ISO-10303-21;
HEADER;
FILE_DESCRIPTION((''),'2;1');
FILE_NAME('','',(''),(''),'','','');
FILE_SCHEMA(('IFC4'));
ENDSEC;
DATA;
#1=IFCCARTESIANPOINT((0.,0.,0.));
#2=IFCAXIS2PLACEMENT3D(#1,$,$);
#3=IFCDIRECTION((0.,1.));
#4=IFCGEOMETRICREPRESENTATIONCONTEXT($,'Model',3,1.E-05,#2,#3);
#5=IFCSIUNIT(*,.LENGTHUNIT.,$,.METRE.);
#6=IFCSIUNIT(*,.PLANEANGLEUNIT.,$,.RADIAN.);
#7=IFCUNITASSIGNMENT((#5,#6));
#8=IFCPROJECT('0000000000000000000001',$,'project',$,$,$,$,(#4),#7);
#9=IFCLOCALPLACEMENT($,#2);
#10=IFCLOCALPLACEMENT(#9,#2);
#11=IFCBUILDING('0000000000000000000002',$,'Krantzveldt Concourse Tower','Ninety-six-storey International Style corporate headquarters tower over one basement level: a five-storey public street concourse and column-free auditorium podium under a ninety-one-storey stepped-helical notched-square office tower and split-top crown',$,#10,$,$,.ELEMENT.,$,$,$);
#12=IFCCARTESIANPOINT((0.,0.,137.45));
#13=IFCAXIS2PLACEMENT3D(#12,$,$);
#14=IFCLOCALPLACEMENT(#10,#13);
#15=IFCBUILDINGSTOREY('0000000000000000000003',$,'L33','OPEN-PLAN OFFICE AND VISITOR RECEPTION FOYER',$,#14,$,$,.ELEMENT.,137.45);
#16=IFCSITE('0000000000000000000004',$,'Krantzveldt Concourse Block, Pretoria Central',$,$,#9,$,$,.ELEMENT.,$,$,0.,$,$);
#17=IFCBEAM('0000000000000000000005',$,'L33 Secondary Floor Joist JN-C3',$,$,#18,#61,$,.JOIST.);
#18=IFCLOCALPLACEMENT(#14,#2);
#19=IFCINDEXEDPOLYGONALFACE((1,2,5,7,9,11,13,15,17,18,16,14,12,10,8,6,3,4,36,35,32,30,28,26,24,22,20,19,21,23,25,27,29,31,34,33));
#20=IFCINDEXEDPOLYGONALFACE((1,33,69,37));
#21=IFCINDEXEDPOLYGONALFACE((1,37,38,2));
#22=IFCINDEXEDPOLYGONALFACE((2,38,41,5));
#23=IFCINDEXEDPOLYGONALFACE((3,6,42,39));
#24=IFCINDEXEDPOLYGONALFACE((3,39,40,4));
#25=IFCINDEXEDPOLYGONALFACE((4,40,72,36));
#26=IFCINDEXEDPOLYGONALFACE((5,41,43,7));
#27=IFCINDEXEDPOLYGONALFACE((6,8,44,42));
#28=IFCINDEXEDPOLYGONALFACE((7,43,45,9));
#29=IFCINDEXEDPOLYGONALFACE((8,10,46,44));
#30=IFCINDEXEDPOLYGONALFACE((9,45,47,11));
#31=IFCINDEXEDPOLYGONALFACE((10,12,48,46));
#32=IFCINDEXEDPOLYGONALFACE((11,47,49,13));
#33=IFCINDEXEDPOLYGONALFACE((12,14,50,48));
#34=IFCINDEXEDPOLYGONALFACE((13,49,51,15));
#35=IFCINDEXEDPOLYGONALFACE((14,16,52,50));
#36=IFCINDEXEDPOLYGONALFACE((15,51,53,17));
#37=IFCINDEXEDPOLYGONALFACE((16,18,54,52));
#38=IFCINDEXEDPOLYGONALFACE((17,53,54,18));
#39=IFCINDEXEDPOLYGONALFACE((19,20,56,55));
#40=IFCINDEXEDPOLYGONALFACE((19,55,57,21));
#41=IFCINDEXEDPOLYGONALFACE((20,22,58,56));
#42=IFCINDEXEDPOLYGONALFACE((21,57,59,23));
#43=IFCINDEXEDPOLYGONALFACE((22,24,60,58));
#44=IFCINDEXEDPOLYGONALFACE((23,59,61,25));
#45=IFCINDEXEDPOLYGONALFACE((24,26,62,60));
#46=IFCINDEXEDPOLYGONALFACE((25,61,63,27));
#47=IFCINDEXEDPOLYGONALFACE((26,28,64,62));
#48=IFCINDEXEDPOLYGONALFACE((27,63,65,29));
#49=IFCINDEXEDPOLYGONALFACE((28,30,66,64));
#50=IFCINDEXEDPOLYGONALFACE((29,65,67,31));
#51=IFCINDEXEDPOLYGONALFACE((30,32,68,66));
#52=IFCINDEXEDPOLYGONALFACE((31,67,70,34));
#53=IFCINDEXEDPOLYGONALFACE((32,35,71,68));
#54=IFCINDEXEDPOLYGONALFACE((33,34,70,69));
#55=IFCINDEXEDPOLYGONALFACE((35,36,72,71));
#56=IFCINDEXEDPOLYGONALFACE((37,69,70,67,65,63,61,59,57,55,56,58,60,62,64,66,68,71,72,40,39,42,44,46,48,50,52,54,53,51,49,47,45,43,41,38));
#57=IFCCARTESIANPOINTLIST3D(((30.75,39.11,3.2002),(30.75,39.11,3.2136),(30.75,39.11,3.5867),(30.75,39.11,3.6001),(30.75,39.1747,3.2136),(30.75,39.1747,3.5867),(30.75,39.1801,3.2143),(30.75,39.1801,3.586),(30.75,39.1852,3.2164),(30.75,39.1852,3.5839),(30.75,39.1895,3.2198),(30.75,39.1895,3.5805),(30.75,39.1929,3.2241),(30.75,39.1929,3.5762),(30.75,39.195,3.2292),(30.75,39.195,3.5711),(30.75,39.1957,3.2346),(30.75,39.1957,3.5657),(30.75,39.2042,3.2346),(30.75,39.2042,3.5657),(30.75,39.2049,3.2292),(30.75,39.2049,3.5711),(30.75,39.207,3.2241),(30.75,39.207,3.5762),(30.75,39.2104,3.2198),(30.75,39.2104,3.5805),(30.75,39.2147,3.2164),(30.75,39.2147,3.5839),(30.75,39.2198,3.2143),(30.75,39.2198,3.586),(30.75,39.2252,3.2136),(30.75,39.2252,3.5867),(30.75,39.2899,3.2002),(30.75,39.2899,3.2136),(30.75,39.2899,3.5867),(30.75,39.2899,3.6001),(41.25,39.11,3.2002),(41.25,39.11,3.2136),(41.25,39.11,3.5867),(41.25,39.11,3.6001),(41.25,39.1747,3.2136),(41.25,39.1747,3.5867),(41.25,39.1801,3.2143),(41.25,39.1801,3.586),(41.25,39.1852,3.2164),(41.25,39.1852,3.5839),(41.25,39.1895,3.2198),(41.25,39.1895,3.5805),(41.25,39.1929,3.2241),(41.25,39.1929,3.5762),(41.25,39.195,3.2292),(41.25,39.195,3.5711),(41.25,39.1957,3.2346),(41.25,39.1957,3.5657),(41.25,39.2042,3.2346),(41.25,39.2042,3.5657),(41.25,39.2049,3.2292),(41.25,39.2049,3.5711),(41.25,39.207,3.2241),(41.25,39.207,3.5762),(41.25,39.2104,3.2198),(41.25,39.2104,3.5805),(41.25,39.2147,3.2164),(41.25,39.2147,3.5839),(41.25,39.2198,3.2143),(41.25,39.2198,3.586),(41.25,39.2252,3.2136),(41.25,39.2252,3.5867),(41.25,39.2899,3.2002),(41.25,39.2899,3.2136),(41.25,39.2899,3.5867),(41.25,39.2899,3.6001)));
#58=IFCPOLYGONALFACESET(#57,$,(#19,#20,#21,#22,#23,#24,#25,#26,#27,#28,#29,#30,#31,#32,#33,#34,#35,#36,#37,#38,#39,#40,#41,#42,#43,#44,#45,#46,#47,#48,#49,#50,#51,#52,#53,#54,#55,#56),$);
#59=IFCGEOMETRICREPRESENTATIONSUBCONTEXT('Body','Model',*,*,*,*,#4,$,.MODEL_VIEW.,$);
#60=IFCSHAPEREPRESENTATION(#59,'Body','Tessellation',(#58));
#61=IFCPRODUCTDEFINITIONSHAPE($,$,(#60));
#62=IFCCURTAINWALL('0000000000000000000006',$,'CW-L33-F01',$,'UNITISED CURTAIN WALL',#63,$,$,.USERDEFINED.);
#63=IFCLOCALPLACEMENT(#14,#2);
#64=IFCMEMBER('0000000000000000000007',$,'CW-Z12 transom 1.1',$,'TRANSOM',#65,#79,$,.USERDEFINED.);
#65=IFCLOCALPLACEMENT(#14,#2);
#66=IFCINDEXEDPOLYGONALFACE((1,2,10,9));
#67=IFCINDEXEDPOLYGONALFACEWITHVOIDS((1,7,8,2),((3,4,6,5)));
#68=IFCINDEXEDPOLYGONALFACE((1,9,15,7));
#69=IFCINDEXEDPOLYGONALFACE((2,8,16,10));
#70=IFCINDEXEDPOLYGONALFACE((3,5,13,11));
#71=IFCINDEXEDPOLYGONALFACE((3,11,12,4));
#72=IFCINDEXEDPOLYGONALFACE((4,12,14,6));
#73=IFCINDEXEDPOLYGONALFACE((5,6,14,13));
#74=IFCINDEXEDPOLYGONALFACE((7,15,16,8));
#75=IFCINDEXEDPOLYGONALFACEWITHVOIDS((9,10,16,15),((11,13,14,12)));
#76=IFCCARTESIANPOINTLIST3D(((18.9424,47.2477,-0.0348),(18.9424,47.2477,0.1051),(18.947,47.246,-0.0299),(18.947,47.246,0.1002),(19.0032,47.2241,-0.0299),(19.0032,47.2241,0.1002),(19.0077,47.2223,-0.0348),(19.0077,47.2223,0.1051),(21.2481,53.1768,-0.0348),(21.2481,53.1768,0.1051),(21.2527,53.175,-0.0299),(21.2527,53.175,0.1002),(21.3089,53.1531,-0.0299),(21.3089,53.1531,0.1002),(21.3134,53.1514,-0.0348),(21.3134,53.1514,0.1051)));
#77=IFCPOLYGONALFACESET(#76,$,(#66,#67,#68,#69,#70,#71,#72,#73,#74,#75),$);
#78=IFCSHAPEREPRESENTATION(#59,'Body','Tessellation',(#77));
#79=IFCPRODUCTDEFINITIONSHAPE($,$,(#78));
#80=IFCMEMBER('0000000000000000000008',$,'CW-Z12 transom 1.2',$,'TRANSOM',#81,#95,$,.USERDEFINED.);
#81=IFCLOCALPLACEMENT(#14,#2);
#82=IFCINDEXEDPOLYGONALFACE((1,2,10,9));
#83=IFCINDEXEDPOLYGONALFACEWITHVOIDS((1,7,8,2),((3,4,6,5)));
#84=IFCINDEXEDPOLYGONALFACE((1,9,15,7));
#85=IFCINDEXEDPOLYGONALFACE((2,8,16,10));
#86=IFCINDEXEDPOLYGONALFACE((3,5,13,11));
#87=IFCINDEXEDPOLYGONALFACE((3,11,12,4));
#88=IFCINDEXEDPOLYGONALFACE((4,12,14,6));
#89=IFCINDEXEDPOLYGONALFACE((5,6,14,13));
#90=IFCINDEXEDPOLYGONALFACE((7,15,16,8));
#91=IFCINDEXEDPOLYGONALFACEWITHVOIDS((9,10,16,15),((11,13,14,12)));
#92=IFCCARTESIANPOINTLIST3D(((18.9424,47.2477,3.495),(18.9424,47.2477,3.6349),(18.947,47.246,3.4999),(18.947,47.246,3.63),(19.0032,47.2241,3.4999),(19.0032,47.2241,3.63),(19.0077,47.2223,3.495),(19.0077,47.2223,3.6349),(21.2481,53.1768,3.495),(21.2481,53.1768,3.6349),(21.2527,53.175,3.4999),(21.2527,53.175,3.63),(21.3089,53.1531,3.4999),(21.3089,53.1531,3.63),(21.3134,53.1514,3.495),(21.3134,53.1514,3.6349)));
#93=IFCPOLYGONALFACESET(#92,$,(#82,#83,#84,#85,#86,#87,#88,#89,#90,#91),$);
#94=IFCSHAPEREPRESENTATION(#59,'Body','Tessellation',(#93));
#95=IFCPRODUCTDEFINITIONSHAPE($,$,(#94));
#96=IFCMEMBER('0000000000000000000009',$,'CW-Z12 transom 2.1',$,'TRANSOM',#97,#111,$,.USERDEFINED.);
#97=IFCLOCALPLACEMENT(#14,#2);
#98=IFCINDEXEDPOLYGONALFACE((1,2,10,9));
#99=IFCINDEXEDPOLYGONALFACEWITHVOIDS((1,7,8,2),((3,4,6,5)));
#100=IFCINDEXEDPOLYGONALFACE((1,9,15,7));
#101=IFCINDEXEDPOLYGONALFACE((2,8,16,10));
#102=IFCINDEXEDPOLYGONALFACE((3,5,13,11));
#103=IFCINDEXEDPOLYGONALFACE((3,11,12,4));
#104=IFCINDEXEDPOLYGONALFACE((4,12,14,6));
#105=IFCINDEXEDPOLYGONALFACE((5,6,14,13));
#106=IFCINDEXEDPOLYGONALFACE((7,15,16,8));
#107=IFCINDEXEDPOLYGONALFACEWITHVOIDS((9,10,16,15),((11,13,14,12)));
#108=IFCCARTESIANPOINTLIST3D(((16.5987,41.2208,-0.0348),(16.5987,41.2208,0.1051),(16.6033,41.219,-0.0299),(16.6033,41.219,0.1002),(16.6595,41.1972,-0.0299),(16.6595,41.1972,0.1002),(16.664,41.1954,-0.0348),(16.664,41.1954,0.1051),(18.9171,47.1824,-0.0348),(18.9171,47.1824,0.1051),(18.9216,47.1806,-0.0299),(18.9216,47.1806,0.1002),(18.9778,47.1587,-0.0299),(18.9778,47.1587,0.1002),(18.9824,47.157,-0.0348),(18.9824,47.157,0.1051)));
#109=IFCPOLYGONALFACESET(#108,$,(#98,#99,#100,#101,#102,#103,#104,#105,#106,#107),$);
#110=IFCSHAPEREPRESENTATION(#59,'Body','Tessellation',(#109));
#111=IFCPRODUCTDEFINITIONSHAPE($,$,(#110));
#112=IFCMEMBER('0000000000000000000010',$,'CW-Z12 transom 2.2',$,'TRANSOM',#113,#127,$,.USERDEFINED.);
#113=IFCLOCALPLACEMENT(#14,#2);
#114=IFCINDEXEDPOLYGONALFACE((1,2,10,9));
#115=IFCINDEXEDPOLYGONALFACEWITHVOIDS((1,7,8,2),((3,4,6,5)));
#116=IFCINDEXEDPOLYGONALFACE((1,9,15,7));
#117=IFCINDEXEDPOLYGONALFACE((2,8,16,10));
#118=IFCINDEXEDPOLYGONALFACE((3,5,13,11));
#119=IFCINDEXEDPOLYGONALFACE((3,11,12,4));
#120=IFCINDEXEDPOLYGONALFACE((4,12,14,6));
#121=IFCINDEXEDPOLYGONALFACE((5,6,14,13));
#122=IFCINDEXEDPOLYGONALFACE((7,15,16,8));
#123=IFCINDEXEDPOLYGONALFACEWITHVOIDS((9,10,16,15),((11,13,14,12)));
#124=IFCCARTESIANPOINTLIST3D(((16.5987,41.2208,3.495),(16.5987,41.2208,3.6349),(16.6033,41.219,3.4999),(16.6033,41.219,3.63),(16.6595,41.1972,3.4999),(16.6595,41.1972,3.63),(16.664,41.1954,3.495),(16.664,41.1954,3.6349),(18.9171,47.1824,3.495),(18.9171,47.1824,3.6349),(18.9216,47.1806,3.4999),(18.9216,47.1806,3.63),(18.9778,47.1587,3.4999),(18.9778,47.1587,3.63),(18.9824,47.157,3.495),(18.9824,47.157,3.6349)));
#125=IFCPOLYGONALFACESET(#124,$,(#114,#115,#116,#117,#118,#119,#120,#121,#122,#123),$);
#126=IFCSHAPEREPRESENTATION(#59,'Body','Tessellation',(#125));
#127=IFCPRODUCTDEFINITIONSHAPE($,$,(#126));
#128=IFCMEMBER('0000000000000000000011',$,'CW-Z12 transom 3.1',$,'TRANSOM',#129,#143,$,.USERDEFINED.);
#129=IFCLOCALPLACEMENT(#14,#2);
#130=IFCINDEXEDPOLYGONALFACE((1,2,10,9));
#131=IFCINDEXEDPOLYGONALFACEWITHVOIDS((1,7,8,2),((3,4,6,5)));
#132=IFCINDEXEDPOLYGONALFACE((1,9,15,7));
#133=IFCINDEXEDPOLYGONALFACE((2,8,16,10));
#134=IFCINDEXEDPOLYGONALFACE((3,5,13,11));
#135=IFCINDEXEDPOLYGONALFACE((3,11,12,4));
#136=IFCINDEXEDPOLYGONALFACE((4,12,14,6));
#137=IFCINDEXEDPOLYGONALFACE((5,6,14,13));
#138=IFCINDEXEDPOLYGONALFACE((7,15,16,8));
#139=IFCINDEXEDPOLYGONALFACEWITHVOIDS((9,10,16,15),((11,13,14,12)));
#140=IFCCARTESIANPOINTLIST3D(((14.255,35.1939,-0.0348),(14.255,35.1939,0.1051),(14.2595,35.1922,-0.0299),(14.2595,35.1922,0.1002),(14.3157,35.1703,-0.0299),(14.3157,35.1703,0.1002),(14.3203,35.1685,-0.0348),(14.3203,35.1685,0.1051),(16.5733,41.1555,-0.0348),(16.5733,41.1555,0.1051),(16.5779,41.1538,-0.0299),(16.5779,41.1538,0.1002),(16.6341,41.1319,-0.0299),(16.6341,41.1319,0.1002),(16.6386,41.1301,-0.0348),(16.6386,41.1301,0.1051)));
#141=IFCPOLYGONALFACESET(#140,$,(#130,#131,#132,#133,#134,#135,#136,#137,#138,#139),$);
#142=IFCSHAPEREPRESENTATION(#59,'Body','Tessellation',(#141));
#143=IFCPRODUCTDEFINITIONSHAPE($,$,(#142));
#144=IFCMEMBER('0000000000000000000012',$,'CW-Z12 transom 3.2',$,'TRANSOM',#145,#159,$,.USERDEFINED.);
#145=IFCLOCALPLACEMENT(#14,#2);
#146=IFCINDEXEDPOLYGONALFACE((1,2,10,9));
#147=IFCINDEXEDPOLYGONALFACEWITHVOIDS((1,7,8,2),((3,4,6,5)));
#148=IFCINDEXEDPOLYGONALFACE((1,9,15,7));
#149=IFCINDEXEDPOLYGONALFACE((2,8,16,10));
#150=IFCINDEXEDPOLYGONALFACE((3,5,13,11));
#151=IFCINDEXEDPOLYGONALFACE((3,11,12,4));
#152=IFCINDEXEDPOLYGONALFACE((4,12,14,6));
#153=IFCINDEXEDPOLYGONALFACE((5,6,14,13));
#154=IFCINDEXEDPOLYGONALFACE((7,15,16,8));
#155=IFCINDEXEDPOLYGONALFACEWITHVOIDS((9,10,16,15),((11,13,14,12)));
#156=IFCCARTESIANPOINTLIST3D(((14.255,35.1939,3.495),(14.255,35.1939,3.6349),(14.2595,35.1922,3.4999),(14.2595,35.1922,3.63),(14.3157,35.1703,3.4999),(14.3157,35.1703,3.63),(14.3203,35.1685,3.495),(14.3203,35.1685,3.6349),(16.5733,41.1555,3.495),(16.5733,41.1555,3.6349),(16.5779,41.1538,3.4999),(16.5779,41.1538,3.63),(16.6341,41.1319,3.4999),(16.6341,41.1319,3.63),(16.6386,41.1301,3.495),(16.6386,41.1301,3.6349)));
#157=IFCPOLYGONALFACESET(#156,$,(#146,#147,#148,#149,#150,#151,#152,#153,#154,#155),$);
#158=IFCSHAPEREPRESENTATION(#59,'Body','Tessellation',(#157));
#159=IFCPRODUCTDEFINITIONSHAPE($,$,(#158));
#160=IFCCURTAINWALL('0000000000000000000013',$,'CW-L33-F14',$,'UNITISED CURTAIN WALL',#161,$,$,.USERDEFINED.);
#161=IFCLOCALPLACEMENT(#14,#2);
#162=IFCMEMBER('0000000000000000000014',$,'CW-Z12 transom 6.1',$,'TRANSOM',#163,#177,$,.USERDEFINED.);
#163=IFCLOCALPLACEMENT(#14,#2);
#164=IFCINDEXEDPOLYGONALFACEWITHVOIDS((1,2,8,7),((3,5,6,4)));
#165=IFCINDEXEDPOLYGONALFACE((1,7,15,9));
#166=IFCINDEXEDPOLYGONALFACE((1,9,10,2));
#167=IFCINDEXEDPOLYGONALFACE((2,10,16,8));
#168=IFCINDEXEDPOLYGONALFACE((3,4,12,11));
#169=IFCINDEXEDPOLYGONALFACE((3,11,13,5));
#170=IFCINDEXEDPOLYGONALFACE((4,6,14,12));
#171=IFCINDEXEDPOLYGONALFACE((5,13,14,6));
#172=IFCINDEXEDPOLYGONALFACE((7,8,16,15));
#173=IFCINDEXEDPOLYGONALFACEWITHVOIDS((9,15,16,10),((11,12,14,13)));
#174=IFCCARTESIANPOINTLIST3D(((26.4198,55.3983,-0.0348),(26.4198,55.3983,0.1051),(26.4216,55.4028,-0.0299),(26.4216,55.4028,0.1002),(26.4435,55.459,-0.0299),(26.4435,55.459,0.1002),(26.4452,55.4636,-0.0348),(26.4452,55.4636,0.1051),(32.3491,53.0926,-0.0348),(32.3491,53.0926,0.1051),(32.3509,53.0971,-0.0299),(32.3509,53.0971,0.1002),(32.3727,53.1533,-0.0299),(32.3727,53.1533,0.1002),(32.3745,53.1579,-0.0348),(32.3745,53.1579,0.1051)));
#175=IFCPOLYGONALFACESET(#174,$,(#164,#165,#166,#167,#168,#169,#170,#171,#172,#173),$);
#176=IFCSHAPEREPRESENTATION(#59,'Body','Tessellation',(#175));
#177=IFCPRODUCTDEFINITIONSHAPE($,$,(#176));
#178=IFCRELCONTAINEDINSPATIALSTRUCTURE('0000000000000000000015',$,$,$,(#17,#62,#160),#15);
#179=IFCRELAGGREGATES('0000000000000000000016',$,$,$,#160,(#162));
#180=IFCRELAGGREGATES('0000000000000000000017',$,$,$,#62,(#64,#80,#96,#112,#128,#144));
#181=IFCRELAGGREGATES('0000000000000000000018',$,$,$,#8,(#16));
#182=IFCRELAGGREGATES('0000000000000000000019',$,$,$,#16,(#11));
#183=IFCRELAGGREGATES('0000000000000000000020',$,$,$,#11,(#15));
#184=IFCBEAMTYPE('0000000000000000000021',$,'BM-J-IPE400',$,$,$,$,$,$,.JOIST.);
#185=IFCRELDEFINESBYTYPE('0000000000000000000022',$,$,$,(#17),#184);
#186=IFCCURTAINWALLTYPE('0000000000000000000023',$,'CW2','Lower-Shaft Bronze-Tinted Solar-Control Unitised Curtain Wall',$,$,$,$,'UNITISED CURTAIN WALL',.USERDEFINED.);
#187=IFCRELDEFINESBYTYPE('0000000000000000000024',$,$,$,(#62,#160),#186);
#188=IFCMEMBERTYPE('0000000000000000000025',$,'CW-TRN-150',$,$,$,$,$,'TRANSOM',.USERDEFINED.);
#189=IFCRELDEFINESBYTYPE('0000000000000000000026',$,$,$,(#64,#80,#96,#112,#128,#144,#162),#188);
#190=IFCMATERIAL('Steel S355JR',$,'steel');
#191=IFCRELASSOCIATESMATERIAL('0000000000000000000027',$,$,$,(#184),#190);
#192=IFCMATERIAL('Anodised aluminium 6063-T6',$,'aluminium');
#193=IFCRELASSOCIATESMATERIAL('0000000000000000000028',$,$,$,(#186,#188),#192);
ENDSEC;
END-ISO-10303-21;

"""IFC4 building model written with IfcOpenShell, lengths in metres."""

from ifc_helpers import new_model, si_unit, direction, frame, origin, origin_2d, place, context, subcontext, project, spatial, hollow_rectangle, i_section, extrude, source, transform, mapped, material, material_profile, profile_set, type_object, type_shapes, element, aggregate, save


model = new_model("IFC4")

# Units and contexts
model_context = context("Model", 3, precision=1e-05, world=origin(), true_north=direction((0.0, 1.0)))
body_context = subcontext(model_context, "Body", "Model", "MODEL_VIEW")
ifc_project = project(units=[si_unit("LENGTHUNIT", "METRE"), si_unit("PLANEANGLEUNIT", "RADIAN")], contexts=[model_context])

# Site, building, storey
site_placement = place(None, origin())
site = spatial("IfcSite", under=ifc_project, at=site_placement, Name="Krantzveldt Concourse Block, Pretoria Central", CompositionType="ELEMENT", RefElevation=0.0)
building_placement = place(site_placement, origin())
building = spatial("IfcBuilding", under=site, at=building_placement, Name="Krantzveldt Concourse Tower", Description="Ninety-six-storey International Style corporate headquarters tower over one basement level: a five-storey public street concourse and column-free auditorium podium under a ninety-one-storey stepped-helical notched-square office tower and split-top crown", CompositionType="ELEMENT")
storey_placement = place(building_placement, frame((0.0, 0.0, 137.45)))
storey = spatial("IfcBuildingStorey", under=building, at=storey_placement, Name="L33", Description="OPEN-PLAN OFFICE AND VISITOR RECEPTION FOYER", CompositionType="ELEMENT", Elevation=137.45)

# Beam
ifc_material_1 = material(Name="Steel S355JR", Category="steel")
ifc_material_profile_1 = material_profile(ifc_material_1, i_section(OverallWidth=0.1799, OverallDepth=0.3999, WebThickness=0.0085, FlangeThickness=0.0134, FilletRadius=0.021, at=origin_2d()), Name="Steel S355JR", Category="steel")
ifc_profile_set_1 = profile_set([ifc_material_profile_1], Name="Steel S355JR - IPE 400")
beam_type_1 = type_object("IfcBeamType", Name="BM-J-IPE400", PredefinedType="JOIST", material=ifc_profile_set_1)
shared_shape_1 = source(origin(), body_context, "Body", "SweptSolid", [
    extrude(i_section(OverallWidth=0.1799, OverallDepth=0.3999, WebThickness=0.0085, FlangeThickness=0.0134, FilletRadius=0.021, at=origin_2d()), origin(), (0.0, 0.0, 1.0), 10.5),
])
type_shapes(beam_type_1, [shared_shape_1])
beam_1_placement = place(storey_placement, frame((30.75, 39.2, 3.4001), z_axis=(1.0, 0.0, 0.0), x_axis=(0.0, 1.0, 0.0)))
element("IfcBeam", 1, at=beam_1_placement, inside=storey, type_object=beam_type_1, Name="L33 Secondary Floor Joist JN-C3", PredefinedType="JOIST", context=body_context, shape_type="MappedRepresentation", body=[
    mapped(shared_shape_1, transform((0.0, 0.0, 0.0), x_axis=(1.0, 0.0, 0.0), y_axis=(0.0, 1.0, 0.0), z_axis=(0.0, 0.0, 1.0), scale=1.0)),
])

# Curtain walls, members
ifc_material_2 = material(Name="Anodised aluminium 6063-T6", Category="aluminium")
curtain_wall_type = type_object("IfcCurtainWallType", Name="CW2", Description="Lower-Shaft Bronze-Tinted Solar-Control Unitised Curtain Wall", ElementType="UNITISED CURTAIN WALL", PredefinedType="USERDEFINED", material=ifc_material_2)
curtain_wall_1_placement = place(storey_placement, origin())
curtain_wall_1 = element("IfcCurtainWall", 2, at=curtain_wall_1_placement, inside=storey, type_object=curtain_wall_type, Name="CW-L33-F01", ObjectType="UNITISED CURTAIN WALL", PredefinedType="USERDEFINED")
ifc_material_profile_2 = material_profile(ifc_material_2, hollow_rectangle(XDim=0.0701, YDim=0.1399, WallThickness=0.0049, at=origin_2d()), Name="Anodised aluminium 6063-T6", Category="aluminium")
ifc_profile_set_2 = profile_set([ifc_material_profile_2], Name="Anodised aluminium 6063-T6 - ALU-TRAN 140x70x5")
member_type_1 = type_object("IfcMemberType", Name="CW-TRN-150", ElementType="TRANSOM", PredefinedType="USERDEFINED", material=ifc_profile_set_2)
shared_shape_2 = source(origin(), body_context, "Body", "SweptSolid", [
    extrude(hollow_rectangle(XDim=0.0701, YDim=0.1399, WallThickness=0.0049, at=origin_2d()), origin(), (0.0, 0.0, 1.0), 6.3616),
])
member_1_placement = place(storey_placement, frame((21.2808, 53.1641, 0.0352), z_axis=(-0.362441, -0.932007, 0.0), x_axis=(0.932007, -0.362441, 0.0)))
member_1 = element("IfcMember", 3, at=member_1_placement, type_object=member_type_1, Name="CW-Z12 transom 1.1", ObjectType="TRANSOM", PredefinedType="USERDEFINED", context=body_context, shape_type="MappedRepresentation", body=[
    mapped(shared_shape_2, transform((0.0, 0.0, 0.0), x_axis=(1.0, 0.0, 0.0), y_axis=(0.0, 1.0, 0.0), z_axis=(0.0, 0.0, 1.0), scale=1.0)),
])
member_2_placement = place(storey_placement, frame((21.2808, 53.1641, 3.5649), z_axis=(-0.362441, -0.932007, 0.0), x_axis=(0.932007, -0.362441, 0.0)))
member_2 = element("IfcMember", 4, at=member_2_placement, type_object=member_type_1, Name="CW-Z12 transom 1.2", ObjectType="TRANSOM", PredefinedType="USERDEFINED", context=body_context, shape_type="MappedRepresentation", body=[
    mapped(shared_shape_2, transform((0.0, 0.0, 0.0), x_axis=(1.0, 0.0, 0.0), y_axis=(0.0, 1.0, 0.0), z_axis=(0.0, 0.0, 1.0), scale=1.0)),
])
shared_shape_3 = source(origin(), body_context, "Body", "SweptSolid", [
    extrude(hollow_rectangle(XDim=0.0701, YDim=0.1399, WallThickness=0.0049, at=origin_2d()), origin(), (0.0, 0.0, 1.0), 6.3965),
])
member_3_placement = place(storey_placement, frame((18.9497, 47.1697, 0.0352), z_axis=(-0.362437, -0.932008, 0.0), x_axis=(0.932008, -0.362437, 0.0)))
member_3 = element("IfcMember", 5, at=member_3_placement, type_object=member_type_1, Name="CW-Z12 transom 2.1", ObjectType="TRANSOM", PredefinedType="USERDEFINED", context=body_context, shape_type="MappedRepresentation", body=[
    mapped(shared_shape_3, transform((0.0, 0.0, 0.0), x_axis=(1.0, 0.0, 0.0), y_axis=(0.0, 1.0, 0.0), z_axis=(0.0, 0.0, 1.0), scale=1.0)),
])
member_4_placement = place(storey_placement, frame((18.9497, 47.1697, 3.5649), z_axis=(-0.362437, -0.932008, 0.0), x_axis=(0.932008, -0.362437, 0.0)))
member_4 = element("IfcMember", 6, at=member_4_placement, type_object=member_type_1, Name="CW-Z12 transom 2.2", ObjectType="TRANSOM", PredefinedType="USERDEFINED", context=body_context, shape_type="MappedRepresentation", body=[
    mapped(shared_shape_3, transform((0.0, 0.0, 0.0), x_axis=(1.0, 0.0, 0.0), y_axis=(0.0, 1.0, 0.0), z_axis=(0.0, 0.0, 1.0), scale=1.0)),
])
member_5_placement = place(storey_placement, frame((16.606, 41.1428, 0.0352), z_axis=(-0.362437, -0.932008, 0.0), x_axis=(0.932008, -0.362437, 0.0)))
member_5 = element("IfcMember", 7, at=member_5_placement, type_object=member_type_1, Name="CW-Z12 transom 3.1", ObjectType="TRANSOM", PredefinedType="USERDEFINED", context=body_context, shape_type="MappedRepresentation", body=[
    mapped(shared_shape_3, transform((0.0, 0.0, 0.0), x_axis=(1.0, 0.0, 0.0), y_axis=(0.0, 1.0, 0.0), z_axis=(0.0, 0.0, 1.0), scale=1.0)),
])
member_6_placement = place(storey_placement, frame((16.606, 41.1428, 3.5649), z_axis=(-0.362437, -0.932008, 0.0), x_axis=(0.932008, -0.362437, 0.0)))
member_6 = element("IfcMember", 8, at=member_6_placement, type_object=member_type_1, Name="CW-Z12 transom 3.2", ObjectType="TRANSOM", PredefinedType="USERDEFINED", context=body_context, shape_type="MappedRepresentation", body=[
    mapped(shared_shape_3, transform((0.0, 0.0, 0.0), x_axis=(1.0, 0.0, 0.0), y_axis=(0.0, 1.0, 0.0), z_axis=(0.0, 0.0, 1.0), scale=1.0)),
])
curtain_wall_2_placement = place(storey_placement, origin())
curtain_wall_2 = element("IfcCurtainWall", 9, at=curtain_wall_2_placement, inside=storey, type_object=curtain_wall_type, Name="CW-L33-F14", ObjectType="UNITISED CURTAIN WALL", PredefinedType="USERDEFINED")
shared_shape_4 = source(origin(), body_context, "Body", "SweptSolid", [
    extrude(hollow_rectangle(XDim=0.0701, YDim=0.1399, WallThickness=0.0049, at=origin_2d()), origin(), (0.0, 0.0, 1.0), 6.3618),
])
type_shapes(member_type_1, [shared_shape_2, shared_shape_3, shared_shape_4])
member_7_placement = place(storey_placement, frame((32.3618, 53.1252, 0.0352), z_axis=(-0.932012, 0.362428, 0.0), x_axis=(-0.362428, -0.932012, 0.0)))
member_7 = element("IfcMember", 10, at=member_7_placement, type_object=member_type_1, Name="CW-Z12 transom 6.1", ObjectType="TRANSOM", PredefinedType="USERDEFINED", context=body_context, shape_type="MappedRepresentation", body=[
    mapped(shared_shape_4, transform((0.0, 0.0, 0.0), x_axis=(1.0, 0.0, 0.0), y_axis=(0.0, 1.0, 0.0), z_axis=(0.0, 0.0, 1.0), scale=1.0)),
])

aggregate(curtain_wall_2, [member_7])
aggregate(curtain_wall_1, [member_1, member_2, member_3, member_4, member_5, member_6])

save(model, "model.ifc")
